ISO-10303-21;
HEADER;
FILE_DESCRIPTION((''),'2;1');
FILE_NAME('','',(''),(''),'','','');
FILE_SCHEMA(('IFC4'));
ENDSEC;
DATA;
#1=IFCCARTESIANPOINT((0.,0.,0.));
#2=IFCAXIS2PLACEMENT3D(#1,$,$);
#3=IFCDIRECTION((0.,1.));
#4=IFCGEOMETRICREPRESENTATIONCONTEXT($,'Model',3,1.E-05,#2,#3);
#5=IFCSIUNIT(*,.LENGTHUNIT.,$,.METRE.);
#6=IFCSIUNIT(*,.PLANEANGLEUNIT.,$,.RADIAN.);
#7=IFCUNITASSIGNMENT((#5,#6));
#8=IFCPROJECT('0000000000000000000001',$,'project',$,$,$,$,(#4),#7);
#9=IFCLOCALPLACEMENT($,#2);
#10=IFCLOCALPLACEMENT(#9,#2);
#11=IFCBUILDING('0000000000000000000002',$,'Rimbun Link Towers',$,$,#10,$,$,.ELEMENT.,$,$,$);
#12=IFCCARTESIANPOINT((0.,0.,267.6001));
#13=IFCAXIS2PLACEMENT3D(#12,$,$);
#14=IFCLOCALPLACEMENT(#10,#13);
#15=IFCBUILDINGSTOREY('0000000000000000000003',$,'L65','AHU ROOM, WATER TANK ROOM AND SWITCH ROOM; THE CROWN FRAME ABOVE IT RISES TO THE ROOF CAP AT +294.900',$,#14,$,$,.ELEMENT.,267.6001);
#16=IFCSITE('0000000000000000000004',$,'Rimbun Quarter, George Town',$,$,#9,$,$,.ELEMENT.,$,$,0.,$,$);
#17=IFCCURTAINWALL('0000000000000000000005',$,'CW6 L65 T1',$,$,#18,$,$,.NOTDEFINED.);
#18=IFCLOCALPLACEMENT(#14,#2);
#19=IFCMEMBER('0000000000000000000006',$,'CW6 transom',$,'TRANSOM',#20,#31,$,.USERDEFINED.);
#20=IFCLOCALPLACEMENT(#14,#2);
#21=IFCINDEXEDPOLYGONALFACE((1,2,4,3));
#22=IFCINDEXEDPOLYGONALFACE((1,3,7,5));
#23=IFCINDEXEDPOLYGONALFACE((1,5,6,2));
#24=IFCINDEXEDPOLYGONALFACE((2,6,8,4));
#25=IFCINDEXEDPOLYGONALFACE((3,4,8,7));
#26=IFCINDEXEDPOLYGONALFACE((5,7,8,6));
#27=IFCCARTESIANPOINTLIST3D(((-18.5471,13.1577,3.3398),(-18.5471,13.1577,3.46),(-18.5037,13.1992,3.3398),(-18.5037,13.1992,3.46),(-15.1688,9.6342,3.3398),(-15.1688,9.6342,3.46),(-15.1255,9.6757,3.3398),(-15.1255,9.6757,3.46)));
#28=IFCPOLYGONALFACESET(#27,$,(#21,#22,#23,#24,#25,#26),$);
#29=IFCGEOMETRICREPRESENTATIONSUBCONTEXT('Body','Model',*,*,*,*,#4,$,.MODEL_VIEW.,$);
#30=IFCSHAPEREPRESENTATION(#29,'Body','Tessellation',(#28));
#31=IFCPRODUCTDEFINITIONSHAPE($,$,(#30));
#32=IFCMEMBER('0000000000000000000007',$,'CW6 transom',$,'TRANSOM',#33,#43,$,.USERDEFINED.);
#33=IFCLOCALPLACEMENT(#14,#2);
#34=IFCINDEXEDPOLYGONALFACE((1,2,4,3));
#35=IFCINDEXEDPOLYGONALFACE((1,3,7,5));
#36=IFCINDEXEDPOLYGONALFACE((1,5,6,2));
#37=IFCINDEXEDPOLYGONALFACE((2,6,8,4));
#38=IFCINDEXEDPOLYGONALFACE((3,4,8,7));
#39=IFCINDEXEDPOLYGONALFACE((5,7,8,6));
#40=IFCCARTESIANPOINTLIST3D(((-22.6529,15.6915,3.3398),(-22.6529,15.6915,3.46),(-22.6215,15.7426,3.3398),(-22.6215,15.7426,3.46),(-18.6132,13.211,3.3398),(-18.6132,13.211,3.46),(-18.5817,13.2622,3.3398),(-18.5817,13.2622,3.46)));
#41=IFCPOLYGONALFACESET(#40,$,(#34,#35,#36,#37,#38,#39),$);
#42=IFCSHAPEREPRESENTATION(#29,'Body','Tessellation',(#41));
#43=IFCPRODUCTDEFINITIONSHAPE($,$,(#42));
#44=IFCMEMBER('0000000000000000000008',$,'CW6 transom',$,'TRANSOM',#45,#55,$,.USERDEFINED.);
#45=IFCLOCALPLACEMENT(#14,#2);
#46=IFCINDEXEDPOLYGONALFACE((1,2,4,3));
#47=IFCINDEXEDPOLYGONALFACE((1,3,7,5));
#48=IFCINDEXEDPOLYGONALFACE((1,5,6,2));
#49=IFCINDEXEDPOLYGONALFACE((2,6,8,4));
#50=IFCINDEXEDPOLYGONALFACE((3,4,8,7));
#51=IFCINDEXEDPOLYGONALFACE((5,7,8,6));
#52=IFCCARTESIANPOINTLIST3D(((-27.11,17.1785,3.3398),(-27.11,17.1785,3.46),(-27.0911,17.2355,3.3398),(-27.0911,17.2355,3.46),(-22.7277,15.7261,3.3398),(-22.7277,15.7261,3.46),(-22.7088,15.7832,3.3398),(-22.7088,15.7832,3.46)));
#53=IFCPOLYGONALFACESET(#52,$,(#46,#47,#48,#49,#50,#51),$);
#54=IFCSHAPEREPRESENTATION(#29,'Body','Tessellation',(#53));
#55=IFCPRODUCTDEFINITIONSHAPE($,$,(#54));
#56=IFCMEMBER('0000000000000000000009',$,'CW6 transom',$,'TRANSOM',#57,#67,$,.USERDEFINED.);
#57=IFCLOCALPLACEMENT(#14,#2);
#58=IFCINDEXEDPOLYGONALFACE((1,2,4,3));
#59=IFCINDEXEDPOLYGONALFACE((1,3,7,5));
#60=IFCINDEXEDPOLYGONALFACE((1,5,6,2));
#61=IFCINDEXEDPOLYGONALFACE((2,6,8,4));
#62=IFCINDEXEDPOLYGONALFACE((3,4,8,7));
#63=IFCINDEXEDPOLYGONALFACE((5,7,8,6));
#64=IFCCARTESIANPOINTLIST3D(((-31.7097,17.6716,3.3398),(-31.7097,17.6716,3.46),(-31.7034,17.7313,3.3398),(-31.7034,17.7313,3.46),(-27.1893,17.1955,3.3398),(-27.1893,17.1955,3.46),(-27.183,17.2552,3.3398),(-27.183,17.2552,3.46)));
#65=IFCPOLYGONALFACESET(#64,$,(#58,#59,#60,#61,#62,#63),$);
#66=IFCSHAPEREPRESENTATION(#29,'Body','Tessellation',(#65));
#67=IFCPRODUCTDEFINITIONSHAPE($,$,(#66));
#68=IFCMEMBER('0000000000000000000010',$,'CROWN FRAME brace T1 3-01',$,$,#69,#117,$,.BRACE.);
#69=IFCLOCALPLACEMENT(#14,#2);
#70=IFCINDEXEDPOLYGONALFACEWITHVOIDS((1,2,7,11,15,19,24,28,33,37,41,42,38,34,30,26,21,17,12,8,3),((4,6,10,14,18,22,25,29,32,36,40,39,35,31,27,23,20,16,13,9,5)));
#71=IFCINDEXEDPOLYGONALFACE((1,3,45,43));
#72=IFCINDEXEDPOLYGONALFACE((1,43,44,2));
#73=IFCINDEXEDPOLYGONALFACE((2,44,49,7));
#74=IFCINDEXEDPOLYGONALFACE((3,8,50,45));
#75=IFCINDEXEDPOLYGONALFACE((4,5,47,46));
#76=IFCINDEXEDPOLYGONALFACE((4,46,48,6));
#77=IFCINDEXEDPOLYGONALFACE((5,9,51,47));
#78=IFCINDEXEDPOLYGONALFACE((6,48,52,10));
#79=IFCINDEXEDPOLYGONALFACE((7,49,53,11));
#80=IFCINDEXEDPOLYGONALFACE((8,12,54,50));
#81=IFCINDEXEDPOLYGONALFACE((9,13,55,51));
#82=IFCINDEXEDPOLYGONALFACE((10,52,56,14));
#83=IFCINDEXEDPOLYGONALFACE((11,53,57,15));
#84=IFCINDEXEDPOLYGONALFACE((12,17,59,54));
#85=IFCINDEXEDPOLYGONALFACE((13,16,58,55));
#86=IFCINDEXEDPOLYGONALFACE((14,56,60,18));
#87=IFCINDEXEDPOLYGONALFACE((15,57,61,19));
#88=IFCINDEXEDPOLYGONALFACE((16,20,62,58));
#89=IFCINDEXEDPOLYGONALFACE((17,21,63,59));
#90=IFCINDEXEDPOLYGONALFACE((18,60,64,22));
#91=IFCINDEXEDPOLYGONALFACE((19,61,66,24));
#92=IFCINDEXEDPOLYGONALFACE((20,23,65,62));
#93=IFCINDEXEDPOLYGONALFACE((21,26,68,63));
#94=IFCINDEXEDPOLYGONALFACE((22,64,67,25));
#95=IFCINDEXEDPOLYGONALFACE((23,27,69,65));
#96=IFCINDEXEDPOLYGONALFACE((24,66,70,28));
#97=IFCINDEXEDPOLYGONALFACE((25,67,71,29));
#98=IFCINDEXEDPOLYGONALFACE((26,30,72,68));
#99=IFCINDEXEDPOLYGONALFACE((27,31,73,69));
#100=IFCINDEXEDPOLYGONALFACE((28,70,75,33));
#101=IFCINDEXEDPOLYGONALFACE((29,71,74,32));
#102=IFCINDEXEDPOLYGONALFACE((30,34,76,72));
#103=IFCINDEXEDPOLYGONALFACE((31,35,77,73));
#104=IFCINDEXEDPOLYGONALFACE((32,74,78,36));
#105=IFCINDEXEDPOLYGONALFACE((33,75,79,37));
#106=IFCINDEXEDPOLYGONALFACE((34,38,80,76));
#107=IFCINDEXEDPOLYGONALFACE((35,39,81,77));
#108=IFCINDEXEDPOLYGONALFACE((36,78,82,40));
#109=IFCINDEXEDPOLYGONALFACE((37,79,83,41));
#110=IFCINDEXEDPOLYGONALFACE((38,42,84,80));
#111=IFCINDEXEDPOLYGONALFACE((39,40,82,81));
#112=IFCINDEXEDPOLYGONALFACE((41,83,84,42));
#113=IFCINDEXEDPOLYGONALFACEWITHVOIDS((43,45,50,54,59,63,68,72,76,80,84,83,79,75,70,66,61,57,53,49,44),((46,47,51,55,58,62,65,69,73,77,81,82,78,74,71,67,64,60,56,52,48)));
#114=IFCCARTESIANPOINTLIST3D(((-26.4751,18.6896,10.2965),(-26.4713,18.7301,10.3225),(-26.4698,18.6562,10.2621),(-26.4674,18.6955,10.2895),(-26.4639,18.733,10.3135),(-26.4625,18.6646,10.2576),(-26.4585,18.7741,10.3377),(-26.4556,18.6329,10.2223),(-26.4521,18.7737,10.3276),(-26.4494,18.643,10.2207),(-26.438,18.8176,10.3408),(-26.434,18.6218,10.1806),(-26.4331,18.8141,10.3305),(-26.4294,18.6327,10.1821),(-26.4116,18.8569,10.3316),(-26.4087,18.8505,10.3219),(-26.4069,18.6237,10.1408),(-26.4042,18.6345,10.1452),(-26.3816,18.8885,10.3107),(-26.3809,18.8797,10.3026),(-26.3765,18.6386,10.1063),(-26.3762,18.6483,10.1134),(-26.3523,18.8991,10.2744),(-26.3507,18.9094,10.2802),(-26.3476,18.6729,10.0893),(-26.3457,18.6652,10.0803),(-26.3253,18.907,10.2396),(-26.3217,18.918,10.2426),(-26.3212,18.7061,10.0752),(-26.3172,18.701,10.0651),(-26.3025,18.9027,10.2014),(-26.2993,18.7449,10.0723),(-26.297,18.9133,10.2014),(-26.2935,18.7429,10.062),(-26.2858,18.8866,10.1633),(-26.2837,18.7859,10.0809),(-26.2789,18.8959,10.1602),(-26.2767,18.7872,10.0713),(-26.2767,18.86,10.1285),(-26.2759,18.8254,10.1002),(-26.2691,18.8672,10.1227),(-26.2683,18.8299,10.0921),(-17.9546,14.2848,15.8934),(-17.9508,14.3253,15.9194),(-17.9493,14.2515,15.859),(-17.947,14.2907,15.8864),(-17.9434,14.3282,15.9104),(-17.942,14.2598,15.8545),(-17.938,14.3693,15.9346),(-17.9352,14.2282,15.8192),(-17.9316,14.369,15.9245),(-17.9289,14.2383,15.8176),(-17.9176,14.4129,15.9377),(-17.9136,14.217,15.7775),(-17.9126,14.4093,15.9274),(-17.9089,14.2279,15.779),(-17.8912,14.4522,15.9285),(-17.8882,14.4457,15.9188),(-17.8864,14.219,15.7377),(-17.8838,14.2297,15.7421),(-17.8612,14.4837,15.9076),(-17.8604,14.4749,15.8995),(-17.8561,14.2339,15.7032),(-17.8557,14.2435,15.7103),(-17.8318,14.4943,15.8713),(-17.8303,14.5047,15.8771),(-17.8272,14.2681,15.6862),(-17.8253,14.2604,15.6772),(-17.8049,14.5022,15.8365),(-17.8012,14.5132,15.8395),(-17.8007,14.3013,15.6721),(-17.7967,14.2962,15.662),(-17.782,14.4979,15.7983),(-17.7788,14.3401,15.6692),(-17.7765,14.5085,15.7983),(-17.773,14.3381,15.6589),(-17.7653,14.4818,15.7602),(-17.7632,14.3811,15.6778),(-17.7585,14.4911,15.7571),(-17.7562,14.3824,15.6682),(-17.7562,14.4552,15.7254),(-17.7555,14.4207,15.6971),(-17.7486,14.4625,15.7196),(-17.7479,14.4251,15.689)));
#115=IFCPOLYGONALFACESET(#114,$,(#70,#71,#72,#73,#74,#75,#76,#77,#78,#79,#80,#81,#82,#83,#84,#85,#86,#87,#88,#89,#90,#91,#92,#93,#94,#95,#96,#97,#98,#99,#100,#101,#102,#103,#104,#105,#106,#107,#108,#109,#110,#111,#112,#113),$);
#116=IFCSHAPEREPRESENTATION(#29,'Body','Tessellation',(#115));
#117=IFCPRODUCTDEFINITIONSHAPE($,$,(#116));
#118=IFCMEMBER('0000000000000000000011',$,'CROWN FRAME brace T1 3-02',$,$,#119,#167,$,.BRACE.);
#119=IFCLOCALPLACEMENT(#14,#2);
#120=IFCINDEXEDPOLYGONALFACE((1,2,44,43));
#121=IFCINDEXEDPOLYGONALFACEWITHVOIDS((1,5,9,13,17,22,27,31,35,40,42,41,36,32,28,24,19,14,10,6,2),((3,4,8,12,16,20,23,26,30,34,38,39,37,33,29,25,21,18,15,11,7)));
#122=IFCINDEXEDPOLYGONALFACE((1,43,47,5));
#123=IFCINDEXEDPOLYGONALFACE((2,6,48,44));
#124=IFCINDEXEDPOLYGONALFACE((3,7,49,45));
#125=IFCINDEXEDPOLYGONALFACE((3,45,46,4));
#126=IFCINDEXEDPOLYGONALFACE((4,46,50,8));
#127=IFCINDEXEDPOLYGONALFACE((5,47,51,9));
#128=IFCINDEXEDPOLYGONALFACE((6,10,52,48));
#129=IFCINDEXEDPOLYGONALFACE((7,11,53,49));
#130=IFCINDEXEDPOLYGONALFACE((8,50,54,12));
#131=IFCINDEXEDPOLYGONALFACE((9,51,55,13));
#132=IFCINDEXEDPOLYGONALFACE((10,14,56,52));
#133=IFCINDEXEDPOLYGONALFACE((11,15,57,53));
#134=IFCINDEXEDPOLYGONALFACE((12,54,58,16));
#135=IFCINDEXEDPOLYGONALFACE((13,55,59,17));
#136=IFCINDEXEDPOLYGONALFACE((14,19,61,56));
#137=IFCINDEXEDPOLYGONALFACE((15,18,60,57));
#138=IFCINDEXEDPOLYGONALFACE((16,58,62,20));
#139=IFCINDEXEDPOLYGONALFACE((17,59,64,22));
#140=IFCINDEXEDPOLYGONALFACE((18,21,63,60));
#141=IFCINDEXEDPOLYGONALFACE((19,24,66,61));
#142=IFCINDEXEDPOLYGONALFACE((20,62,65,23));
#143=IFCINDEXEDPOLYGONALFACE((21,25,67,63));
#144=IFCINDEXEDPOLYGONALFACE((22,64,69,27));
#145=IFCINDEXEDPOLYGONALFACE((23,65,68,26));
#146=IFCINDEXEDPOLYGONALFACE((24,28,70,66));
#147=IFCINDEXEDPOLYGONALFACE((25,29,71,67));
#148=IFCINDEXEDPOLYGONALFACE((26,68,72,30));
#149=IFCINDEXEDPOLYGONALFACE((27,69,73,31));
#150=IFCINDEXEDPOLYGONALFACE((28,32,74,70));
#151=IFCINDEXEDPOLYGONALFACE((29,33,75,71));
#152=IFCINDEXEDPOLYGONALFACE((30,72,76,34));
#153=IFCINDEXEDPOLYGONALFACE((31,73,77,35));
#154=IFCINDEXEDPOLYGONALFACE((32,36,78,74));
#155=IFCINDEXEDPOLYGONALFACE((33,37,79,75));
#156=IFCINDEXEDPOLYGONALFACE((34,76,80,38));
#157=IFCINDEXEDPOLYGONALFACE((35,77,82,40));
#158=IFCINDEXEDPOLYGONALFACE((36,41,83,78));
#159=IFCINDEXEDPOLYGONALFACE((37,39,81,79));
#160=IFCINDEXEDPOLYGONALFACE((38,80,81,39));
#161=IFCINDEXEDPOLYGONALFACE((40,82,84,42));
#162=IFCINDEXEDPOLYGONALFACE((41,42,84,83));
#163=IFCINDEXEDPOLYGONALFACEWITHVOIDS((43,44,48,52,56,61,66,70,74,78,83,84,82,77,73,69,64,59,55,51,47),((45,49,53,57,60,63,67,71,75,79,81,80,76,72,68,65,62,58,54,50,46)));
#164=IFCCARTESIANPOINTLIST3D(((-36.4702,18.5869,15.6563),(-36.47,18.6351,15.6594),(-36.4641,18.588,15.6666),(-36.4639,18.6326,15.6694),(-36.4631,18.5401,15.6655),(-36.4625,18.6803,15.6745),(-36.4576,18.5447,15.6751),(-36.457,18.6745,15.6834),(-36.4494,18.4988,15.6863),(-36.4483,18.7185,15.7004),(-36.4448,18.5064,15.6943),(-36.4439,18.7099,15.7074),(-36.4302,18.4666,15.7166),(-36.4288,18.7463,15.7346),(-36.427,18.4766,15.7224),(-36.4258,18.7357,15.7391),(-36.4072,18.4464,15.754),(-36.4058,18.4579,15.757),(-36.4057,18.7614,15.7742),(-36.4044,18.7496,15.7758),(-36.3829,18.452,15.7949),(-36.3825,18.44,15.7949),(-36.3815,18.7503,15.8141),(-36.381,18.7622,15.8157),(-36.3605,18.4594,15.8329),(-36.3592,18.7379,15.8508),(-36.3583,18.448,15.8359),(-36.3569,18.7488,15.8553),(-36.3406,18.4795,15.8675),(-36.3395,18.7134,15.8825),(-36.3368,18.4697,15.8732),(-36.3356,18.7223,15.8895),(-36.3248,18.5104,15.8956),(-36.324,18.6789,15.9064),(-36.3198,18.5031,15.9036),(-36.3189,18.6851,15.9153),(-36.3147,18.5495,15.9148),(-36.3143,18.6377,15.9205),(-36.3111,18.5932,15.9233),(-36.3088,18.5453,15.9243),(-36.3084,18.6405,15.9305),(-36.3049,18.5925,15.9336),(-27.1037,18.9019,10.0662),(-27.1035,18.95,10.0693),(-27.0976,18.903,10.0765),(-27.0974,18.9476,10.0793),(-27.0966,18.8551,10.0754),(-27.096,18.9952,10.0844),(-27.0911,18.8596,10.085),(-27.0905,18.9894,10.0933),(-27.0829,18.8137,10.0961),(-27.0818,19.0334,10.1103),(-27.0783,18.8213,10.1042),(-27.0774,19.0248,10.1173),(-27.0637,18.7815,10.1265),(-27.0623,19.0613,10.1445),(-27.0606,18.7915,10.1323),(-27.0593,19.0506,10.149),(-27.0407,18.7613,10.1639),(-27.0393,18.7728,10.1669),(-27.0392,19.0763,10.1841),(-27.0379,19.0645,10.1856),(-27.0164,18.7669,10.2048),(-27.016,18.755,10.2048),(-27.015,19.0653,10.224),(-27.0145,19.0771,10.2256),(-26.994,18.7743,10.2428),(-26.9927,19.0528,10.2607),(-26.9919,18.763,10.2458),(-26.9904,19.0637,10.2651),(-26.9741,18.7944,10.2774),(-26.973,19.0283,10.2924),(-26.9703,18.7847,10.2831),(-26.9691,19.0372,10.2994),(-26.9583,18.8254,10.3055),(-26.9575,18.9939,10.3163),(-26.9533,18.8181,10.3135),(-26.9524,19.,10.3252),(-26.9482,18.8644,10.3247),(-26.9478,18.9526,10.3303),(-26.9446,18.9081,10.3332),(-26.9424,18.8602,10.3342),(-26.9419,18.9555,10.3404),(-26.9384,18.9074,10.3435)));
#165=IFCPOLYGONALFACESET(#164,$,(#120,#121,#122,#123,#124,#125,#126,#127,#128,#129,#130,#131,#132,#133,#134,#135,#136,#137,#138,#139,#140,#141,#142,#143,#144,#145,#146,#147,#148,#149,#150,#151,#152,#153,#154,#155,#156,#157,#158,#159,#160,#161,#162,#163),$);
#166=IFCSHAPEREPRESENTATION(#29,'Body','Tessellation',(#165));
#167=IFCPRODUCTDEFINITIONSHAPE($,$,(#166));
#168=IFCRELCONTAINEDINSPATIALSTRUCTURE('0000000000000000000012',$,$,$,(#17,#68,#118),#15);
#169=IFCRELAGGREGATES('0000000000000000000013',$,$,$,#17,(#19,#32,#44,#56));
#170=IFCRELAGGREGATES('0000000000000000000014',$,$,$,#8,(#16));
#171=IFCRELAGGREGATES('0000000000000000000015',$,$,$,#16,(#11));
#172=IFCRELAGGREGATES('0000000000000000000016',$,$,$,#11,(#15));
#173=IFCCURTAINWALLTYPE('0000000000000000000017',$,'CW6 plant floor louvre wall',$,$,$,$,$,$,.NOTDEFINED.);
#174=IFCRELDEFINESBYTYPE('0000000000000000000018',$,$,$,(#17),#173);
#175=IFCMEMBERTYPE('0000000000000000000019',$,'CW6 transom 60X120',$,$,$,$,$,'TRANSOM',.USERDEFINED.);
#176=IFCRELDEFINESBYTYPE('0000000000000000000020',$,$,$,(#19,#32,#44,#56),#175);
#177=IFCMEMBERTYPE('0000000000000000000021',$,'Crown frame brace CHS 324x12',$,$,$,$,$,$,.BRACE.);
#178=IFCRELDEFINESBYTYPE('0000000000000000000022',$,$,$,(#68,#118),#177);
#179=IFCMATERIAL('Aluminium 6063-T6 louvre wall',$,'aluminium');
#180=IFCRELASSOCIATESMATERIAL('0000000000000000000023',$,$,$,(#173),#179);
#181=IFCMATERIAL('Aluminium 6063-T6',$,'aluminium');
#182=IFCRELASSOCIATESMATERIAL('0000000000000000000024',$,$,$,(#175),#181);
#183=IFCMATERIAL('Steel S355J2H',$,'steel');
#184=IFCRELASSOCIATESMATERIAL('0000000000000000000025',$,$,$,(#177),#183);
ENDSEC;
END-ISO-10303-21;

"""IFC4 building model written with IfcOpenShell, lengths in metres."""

from ifc_helpers import new_model, si_unit, direction, frame, origin, origin_2d, place, context, subcontext, project, spatial, rectangle, hollow_circle, extrude, material, material_profile, profile_set, type_object, element, aggregate, save


model = new_model("IFC4")

# Units and contexts
model_context = context("Model", 3, precision=1e-05, world=origin(), true_north=direction((0.0, 1.0)))
body_context = subcontext(model_context, "Body", "Model", "MODEL_VIEW")
ifc_project = project(units=[si_unit("LENGTHUNIT", "METRE"), si_unit("PLANEANGLEUNIT", "RADIAN")], contexts=[model_context])

# Site, building, storey
site_placement = place(None, origin())
site = spatial("IfcSite", under=ifc_project, at=site_placement, Name="Rimbun Quarter, George Town", CompositionType="ELEMENT", RefElevation=0.0)
building_placement = place(site_placement, origin())
building = spatial("IfcBuilding", under=site, at=building_placement, Name="Rimbun Link Towers", CompositionType="ELEMENT")
storey_placement = place(building_placement, frame((0.0, 0.0, 267.6001)))
storey = spatial("IfcBuildingStorey", under=building, at=storey_placement, Name="L65", Description="AHU ROOM, WATER TANK ROOM AND SWITCH ROOM; THE CROWN FRAME ABOVE IT RISES TO THE ROOF CAP AT +294.900", CompositionType="ELEMENT", Elevation=267.6001)

# Curtain wall, members
ifc_material_1 = material(Name="Aluminium 6063-T6 louvre wall", Category="aluminium")
curtain_wall_type = type_object("IfcCurtainWallType", Name="CW6 plant floor louvre wall", PredefinedType="NOTDEFINED", material=ifc_material_1)
curtain_wall_placement = place(storey_placement, origin())
curtain_wall = element("IfcCurtainWall", 1, at=curtain_wall_placement, inside=storey, type_object=curtain_wall_type, Name="CW6 L65 T1", PredefinedType="NOTDEFINED")
ifc_material_2 = material(Name="Aluminium 6063-T6", Category="aluminium")
ifc_material_profile_1 = material_profile(ifc_material_2, rectangle(XDim=0.0601, YDim=0.1201, at=origin_2d()), Name="TRANSOM 60X120")
ifc_profile_set_1 = profile_set([ifc_material_profile_1], Name="Aluminium 6063-T6")
member_type_1 = type_object("IfcMemberType", Name="CW6 transom 60X120", ElementType="TRANSOM", PredefinedType="USERDEFINED", material=ifc_profile_set_1)
member_1_placement = place(storey_placement, frame((-18.5254, 13.1785, 3.3999), z_axis=(0.69207, -0.72183, 0.0), x_axis=(0.72183, 0.69207, 0.0)))
member_1 = element("IfcMember", 2, at=member_1_placement, type_object=member_type_1, Name="CW6 transom", ObjectType="TRANSOM", PredefinedType="USERDEFINED", context=body_context, shape_type="SweptSolid", body=[
    extrude(rectangle(XDim=0.0601, YDim=0.1201, at=origin_2d()), origin(), (0.0, 0.0, 1.0), 4.8813),
])
member_2_placement = place(storey_placement, frame((-22.6372, 15.717, 3.3999), z_axis=(0.852181, -0.523247, 0.0), x_axis=(0.523247, 0.852181, 0.0)))
member_2 = element("IfcMember", 3, at=member_2_placement, type_object=member_type_1, Name="CW6 transom", ObjectType="TRANSOM", PredefinedType="USERDEFINED", context=body_context, shape_type="SweptSolid", body=[
    extrude(rectangle(XDim=0.0601, YDim=0.1201, at=origin_2d()), origin(), (0.0, 0.0, 1.0), 4.7405),
])
member_3_placement = place(storey_placement, frame((-27.1006, 17.207, 3.3999), z_axis=(0.949227, -0.314593, 0.0), x_axis=(0.314593, 0.949227, 0.0)))
member_3 = element("IfcMember", 4, at=member_3_placement, type_object=member_type_1, Name="CW6 transom", ObjectType="TRANSOM", PredefinedType="USERDEFINED", context=body_context, shape_type="SweptSolid", body=[
    extrude(rectangle(XDim=0.0601, YDim=0.1201, at=origin_2d()), origin(), (0.0, 0.0, 1.0), 4.6167),
])
member_4_placement = place(storey_placement, frame((-31.7065, 17.7014, 3.3999), z_axis=(0.9945, -0.104735, 0.0), x_axis=(0.104735, 0.9945, 0.0)))
member_4 = element("IfcMember", 5, at=member_4_placement, type_object=member_type_1, Name="CW6 transom", ObjectType="TRANSOM", PredefinedType="USERDEFINED", context=body_context, shape_type="SweptSolid", body=[
    extrude(rectangle(XDim=0.0601, YDim=0.1201, at=origin_2d()), origin(), (0.0, 0.0, 1.0), 4.5454),
])
aggregate(curtain_wall, [member_1, member_2, member_3, member_4])

# Members
ifc_material_3 = material(Name="Steel S355J2H", Category="steel")
ifc_material_profile_2 = material_profile(ifc_material_3, hollow_circle(Radius=0.1619, WallThickness=0.012, at=origin_2d()), Name="Crown frame brace CHS 324x12")
ifc_profile_set_2 = profile_set([ifc_material_profile_2], Name="Steel S355J2H")
member_type_2 = type_object("IfcMemberType", Name="Crown frame brace CHS 324x12", PredefinedType="BRACE", material=ifc_profile_set_2)
member_5_placement = place(storey_placement, frame((-26.3713, 18.7695, 10.2014), z_axis=(0.76725, -0.39664, 0.503989), x_axis=(0.459228, 0.888319, 0.0)))
element("IfcMember", 6, at=member_5_placement, inside=storey, type_object=member_type_2, Name="CROWN FRAME brace T1 3-01", PredefinedType="BRACE", context=body_context, shape_type="SweptSolid", body=[
    extrude(hollow_circle(Radius=0.1619, WallThickness=0.012, at=origin_2d()), origin(), (0.0, 0.0, 1.0), 11.1052),
])
member_6_placement = place(storey_placement, frame((-27.0215, 18.9167, 10.2048), z_axis=(-0.858338, -0.028861, 0.512273), x_axis=(0.033605, -0.999435, 0.0)))
element("IfcMember", 7, at=member_6_placement, inside=storey, type_object=member_type_2, Name="CROWN FRAME brace T1 3-02", PredefinedType="BRACE", context=body_context, shape_type="SweptSolid", body=[
    extrude(hollow_circle(Radius=0.1619, WallThickness=0.012, at=origin_2d()), origin(), (0.0, 0.0, 1.0), 10.9124),
])

save(model, "model.ifc")
